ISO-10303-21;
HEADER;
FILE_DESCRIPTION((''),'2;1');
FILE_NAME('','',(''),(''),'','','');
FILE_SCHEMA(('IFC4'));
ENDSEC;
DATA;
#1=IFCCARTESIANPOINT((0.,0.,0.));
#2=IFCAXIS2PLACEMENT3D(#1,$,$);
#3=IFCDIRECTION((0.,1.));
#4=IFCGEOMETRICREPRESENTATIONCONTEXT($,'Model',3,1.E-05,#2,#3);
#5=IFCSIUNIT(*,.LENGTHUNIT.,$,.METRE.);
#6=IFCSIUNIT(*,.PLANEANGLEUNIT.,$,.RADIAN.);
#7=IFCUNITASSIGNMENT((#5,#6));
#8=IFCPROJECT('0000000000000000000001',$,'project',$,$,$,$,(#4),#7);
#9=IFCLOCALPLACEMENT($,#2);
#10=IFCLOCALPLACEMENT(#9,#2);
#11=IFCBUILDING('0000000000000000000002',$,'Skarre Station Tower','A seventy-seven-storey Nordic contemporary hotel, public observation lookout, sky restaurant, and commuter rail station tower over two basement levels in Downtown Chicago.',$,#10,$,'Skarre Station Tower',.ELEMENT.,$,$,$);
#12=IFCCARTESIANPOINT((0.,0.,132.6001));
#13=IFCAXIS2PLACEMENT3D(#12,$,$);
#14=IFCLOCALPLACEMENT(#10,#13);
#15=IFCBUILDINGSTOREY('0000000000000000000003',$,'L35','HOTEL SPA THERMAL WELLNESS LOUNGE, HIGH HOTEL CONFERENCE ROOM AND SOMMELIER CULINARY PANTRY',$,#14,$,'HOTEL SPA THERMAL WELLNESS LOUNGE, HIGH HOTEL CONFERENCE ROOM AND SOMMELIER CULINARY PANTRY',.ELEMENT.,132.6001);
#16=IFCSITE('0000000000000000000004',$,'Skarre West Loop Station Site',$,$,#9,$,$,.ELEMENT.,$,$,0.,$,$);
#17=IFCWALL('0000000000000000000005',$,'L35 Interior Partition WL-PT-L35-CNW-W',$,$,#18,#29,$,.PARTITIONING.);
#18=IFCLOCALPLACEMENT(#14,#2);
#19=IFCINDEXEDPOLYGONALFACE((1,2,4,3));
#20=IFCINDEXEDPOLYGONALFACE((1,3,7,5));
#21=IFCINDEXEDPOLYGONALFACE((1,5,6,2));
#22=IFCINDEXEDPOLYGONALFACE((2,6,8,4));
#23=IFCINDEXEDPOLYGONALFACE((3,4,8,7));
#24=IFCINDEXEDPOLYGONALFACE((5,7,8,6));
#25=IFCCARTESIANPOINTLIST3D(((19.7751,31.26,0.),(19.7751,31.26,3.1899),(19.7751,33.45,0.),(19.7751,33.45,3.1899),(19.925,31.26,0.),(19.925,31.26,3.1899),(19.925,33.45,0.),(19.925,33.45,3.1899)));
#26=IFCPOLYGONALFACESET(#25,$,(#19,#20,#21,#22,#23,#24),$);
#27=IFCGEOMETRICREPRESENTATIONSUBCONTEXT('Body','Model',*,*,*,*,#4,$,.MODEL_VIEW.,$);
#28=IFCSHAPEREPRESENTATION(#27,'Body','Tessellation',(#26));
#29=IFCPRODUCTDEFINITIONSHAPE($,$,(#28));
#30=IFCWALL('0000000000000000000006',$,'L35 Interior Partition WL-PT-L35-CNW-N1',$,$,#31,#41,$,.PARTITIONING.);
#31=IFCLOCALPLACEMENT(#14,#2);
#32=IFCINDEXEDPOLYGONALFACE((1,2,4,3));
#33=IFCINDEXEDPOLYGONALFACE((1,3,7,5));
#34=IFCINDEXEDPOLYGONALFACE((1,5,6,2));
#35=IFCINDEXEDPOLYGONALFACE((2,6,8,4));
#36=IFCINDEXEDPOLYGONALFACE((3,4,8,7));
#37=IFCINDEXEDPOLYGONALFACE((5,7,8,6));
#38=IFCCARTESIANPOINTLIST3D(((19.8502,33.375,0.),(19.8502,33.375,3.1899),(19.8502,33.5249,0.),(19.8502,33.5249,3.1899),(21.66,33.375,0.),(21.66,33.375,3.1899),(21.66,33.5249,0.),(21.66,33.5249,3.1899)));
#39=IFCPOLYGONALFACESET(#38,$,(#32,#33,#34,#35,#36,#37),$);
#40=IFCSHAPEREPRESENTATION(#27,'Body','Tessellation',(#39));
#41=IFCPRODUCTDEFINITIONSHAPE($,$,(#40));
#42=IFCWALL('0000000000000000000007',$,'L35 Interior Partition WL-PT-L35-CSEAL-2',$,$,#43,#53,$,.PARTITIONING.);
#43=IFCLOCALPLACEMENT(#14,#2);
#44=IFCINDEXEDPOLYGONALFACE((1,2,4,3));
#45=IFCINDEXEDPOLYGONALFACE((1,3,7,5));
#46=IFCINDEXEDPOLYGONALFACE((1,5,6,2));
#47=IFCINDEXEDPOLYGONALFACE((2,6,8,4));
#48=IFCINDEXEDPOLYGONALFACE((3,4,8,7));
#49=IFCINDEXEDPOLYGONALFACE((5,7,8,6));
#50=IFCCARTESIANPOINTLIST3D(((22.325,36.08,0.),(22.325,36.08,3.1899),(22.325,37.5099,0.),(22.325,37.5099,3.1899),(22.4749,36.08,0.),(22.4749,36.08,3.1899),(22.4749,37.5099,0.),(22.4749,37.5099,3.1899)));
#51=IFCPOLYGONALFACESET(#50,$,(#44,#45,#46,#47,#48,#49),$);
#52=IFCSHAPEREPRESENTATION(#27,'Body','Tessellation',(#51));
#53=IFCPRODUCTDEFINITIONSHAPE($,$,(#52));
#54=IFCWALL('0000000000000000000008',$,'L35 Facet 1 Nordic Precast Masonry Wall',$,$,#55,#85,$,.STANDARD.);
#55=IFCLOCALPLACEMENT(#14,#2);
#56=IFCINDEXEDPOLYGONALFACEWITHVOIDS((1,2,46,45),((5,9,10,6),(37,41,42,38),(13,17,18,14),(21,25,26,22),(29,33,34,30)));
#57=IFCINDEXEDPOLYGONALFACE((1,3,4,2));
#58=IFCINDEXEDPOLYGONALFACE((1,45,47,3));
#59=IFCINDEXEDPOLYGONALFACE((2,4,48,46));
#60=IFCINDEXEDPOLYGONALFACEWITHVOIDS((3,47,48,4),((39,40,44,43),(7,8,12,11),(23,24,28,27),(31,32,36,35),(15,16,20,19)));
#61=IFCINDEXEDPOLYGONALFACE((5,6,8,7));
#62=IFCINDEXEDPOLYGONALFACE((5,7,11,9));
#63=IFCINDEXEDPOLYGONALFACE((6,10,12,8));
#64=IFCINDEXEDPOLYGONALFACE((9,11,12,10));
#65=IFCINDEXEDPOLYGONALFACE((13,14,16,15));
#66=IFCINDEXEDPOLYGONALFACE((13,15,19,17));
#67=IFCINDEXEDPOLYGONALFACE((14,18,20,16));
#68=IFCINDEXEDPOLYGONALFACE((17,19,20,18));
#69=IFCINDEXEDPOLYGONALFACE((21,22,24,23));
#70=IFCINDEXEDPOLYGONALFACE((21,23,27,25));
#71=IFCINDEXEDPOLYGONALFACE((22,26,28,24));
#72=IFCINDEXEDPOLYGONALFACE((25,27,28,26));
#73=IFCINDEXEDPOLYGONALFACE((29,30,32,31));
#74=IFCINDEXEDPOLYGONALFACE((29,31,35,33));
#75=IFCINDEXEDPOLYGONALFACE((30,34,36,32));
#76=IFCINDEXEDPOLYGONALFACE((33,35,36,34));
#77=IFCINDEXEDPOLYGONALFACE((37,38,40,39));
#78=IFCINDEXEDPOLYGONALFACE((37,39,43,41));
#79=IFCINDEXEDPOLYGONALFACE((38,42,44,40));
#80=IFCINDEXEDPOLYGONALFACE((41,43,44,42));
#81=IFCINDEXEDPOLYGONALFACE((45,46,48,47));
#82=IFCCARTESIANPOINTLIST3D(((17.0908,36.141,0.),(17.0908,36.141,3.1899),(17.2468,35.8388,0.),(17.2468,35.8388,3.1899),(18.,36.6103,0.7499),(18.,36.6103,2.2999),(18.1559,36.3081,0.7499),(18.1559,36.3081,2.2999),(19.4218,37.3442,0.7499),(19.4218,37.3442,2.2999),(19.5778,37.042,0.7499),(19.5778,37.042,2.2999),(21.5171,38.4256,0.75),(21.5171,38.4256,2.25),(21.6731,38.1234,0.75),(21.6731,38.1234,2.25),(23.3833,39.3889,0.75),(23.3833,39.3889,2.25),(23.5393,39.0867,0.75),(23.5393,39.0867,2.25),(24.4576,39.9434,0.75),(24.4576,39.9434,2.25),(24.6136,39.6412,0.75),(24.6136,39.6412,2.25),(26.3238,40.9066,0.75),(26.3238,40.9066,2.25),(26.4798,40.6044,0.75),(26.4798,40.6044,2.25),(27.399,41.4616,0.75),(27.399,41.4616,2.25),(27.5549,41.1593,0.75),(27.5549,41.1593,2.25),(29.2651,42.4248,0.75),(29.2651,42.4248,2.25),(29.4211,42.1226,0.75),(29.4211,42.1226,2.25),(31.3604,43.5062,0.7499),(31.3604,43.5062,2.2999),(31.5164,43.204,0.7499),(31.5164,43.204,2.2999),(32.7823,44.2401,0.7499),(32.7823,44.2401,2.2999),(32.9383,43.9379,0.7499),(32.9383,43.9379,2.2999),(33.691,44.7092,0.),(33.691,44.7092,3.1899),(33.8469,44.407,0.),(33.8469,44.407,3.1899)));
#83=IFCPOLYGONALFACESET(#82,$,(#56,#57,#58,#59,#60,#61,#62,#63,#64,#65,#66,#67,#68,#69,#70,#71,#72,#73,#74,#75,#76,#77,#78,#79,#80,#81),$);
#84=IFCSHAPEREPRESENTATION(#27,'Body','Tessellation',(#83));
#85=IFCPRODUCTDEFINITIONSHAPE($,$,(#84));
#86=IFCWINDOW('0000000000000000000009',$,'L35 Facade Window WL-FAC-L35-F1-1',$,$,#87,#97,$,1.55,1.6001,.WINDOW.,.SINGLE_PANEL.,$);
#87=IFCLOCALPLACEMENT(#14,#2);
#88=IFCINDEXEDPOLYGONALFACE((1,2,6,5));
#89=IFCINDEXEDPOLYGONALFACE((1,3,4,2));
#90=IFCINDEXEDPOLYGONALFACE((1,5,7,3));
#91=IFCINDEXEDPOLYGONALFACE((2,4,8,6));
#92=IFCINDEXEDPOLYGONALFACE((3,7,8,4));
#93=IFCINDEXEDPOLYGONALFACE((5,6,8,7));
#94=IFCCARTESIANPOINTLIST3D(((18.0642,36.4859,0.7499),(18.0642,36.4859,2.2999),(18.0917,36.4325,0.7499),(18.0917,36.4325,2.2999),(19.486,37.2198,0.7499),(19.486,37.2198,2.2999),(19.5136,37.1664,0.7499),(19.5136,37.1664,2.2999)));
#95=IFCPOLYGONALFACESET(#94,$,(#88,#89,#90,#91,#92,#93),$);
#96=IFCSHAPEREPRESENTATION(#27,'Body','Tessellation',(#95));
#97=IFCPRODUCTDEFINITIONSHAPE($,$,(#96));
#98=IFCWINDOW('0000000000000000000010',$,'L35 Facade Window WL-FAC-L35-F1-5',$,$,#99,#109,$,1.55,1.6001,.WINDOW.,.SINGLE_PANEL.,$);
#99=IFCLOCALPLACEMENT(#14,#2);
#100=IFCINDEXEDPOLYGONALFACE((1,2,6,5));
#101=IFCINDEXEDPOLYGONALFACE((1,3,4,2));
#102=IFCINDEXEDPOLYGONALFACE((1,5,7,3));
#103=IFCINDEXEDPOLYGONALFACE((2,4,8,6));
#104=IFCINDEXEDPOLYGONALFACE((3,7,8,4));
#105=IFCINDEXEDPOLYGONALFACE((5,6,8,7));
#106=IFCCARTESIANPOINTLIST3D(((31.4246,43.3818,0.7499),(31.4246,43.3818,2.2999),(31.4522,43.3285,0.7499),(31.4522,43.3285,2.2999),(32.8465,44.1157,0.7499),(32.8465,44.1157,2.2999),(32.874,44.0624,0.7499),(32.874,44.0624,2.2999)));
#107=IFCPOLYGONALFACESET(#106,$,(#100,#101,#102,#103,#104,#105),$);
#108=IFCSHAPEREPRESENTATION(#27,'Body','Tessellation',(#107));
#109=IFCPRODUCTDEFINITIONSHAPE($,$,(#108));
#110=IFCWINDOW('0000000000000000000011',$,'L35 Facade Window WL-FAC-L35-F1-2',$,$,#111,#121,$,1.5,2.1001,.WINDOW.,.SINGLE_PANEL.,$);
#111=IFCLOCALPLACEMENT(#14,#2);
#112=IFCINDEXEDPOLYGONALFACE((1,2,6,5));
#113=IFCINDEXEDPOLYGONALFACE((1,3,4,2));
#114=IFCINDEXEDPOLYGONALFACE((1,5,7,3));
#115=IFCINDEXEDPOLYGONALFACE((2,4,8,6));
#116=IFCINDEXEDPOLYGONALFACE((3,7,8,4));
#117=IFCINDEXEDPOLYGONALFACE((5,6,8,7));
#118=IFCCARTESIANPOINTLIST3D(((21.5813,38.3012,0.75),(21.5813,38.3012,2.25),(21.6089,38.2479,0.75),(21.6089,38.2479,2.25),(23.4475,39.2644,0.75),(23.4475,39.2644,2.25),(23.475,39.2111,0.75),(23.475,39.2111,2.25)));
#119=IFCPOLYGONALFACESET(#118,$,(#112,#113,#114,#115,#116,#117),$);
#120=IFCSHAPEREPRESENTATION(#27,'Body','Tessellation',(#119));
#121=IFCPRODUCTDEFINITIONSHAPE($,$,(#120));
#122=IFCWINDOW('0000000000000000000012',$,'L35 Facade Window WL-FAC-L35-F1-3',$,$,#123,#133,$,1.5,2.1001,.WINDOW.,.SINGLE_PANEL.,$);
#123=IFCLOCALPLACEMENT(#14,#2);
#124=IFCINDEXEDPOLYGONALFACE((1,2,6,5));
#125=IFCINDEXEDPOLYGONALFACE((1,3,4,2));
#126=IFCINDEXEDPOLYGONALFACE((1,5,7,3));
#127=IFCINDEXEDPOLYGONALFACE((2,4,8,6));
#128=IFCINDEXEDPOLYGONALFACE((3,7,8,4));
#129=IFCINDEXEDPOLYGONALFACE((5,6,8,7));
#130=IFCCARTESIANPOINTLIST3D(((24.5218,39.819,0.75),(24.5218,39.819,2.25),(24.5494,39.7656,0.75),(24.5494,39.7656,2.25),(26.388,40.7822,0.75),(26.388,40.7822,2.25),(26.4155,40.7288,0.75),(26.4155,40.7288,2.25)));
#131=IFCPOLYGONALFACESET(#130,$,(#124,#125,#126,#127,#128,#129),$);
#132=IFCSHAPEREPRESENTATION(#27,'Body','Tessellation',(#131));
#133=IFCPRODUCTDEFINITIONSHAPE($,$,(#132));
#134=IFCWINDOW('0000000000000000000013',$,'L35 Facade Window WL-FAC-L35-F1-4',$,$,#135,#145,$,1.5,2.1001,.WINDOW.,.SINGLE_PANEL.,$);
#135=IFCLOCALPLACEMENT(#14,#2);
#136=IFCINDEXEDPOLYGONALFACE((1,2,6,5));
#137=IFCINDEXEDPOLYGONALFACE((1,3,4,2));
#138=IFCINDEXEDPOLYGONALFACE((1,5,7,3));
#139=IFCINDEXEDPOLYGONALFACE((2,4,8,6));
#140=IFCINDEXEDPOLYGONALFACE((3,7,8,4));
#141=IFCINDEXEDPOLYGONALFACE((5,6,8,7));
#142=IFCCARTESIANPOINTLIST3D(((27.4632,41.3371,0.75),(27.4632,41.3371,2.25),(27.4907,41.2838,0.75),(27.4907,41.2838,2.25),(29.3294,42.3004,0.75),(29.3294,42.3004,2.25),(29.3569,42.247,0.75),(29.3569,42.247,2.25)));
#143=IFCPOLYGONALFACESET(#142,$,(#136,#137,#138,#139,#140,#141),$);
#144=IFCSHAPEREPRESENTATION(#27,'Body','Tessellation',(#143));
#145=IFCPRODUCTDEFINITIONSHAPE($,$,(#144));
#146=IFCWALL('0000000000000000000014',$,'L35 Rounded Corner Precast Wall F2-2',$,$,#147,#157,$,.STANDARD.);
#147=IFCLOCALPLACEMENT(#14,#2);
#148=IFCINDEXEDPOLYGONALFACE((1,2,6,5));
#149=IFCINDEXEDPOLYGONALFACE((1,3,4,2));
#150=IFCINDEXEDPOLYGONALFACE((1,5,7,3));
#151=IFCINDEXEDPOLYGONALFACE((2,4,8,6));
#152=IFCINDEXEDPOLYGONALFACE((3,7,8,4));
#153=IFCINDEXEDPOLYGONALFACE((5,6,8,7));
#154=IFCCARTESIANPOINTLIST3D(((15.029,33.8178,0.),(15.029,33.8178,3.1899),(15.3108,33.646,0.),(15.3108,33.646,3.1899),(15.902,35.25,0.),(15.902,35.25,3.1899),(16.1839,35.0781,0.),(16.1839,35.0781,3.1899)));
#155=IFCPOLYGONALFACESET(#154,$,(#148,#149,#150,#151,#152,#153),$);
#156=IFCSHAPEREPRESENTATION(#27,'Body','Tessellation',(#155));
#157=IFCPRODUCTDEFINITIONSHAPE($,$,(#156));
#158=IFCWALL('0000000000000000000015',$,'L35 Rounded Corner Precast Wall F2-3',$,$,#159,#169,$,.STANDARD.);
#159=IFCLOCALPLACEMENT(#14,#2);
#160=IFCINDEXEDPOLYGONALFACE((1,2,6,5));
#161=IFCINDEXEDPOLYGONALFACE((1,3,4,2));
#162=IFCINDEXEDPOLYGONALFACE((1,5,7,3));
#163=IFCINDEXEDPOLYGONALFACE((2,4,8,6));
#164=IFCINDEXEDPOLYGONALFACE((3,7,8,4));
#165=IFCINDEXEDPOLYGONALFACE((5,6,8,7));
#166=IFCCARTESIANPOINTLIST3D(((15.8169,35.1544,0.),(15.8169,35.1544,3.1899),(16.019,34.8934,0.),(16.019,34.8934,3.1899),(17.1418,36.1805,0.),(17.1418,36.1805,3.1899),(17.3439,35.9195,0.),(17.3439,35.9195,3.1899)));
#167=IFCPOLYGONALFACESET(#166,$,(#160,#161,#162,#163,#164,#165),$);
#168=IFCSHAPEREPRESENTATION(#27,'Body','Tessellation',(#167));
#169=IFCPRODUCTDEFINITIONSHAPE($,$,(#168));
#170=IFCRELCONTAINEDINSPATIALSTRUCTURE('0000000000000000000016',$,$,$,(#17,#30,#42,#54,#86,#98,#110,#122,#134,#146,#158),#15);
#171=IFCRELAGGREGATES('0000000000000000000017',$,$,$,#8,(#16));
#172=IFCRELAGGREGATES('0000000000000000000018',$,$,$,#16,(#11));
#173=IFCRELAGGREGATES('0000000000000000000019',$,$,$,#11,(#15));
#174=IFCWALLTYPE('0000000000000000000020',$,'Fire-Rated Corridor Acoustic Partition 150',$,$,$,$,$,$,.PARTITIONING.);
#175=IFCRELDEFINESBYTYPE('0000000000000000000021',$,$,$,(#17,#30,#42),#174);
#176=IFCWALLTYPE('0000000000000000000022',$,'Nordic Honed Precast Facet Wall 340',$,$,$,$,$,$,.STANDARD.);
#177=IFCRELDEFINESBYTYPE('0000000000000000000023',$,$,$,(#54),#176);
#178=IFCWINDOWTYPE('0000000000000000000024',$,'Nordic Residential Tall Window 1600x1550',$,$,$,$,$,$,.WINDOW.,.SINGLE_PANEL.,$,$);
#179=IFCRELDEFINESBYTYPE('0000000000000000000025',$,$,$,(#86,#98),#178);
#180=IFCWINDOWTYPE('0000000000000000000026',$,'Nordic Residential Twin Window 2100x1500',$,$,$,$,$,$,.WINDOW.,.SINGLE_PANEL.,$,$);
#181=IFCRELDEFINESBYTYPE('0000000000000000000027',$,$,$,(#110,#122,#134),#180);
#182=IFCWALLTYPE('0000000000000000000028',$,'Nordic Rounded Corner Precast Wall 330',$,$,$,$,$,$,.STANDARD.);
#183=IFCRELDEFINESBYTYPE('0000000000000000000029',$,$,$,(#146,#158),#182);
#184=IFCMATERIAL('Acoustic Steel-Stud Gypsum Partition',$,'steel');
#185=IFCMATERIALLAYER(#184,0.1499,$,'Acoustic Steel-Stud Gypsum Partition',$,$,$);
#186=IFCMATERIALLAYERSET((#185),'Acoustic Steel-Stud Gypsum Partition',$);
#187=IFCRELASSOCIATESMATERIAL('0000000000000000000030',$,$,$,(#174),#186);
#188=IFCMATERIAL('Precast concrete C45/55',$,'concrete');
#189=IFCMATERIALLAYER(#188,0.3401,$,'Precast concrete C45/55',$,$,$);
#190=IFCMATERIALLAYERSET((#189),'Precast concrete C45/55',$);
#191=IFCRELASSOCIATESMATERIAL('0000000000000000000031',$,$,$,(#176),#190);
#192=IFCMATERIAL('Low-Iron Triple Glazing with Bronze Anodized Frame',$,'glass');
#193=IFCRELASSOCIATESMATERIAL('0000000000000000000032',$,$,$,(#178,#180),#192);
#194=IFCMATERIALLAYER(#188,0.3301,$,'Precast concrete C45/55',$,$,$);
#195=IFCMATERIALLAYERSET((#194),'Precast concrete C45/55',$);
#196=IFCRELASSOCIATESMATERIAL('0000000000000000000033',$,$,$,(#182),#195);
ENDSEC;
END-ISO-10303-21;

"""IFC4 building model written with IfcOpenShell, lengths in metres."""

from ifc_helpers import new_model, si_unit, direction, frame, frame_2d, origin, place, context, subcontext, project, spatial, rectangle, extrude, material, layer, layer_set, type_object, element, fill, save


model = new_model("IFC4")

# Units and contexts
model_context = context("Model", 3, precision=1e-05, world=origin(), true_north=direction((0.0, 1.0)))
body_context = subcontext(model_context, "Body", "Model", "MODEL_VIEW")
ifc_project = project(units=[si_unit("LENGTHUNIT", "METRE"), si_unit("PLANEANGLEUNIT", "RADIAN")], contexts=[model_context])

# Site, building, storey
site_placement = place(None, origin())
site = spatial("IfcSite", under=ifc_project, at=site_placement, Name="Skarre West Loop Station Site", CompositionType="ELEMENT", RefElevation=0.0)
building_placement = place(site_placement, origin())
building = spatial("IfcBuilding", under=site, at=building_placement, Name="Skarre Station Tower", Description="A seventy-seven-storey Nordic contemporary hotel, public observation lookout, sky restaurant, and commuter rail station tower over two basement levels in Downtown Chicago.", LongName="Skarre Station Tower", CompositionType="ELEMENT")
storey_placement = place(building_placement, frame((0.0, 0.0, 132.6001)))
storey = spatial("IfcBuildingStorey", under=building, at=storey_placement, Name="L35", Description="HOTEL SPA THERMAL WELLNESS LOUNGE, HIGH HOTEL CONFERENCE ROOM AND SOMMELIER CULINARY PANTRY", LongName="HOTEL SPA THERMAL WELLNESS LOUNGE, HIGH HOTEL CONFERENCE ROOM AND SOMMELIER CULINARY PANTRY", CompositionType="ELEMENT", Elevation=132.6001)

# Walls
ifc_material_1 = material(Name="Acoustic Steel-Stud Gypsum Partition", Category="steel")
ifc_layer_1 = layer(ifc_material_1, 0.1499, Name="Acoustic Steel-Stud Gypsum Partition")
ifc_layer_set_1 = layer_set([ifc_layer_1], Name="Acoustic Steel-Stud Gypsum Partition")
wall_type_1 = type_object("IfcWallType", Name="Fire-Rated Corridor Acoustic Partition 150", PredefinedType="PARTITIONING", material=ifc_layer_set_1)
wall_1_placement = place(storey_placement, frame((19.8501, 33.45, 0.0), z_axis=(0.0, 0.0, 1.0), x_axis=(0.0, -1.0, 0.0)))
element("IfcWall", 1, at=wall_1_placement, inside=storey, type_object=wall_type_1, Name="L35 Interior Partition WL-PT-L35-CNW-W", PredefinedType="PARTITIONING", context=body_context, shape_type="SweptSolid", body=[
    extrude(rectangle(XDim=2.1899, YDim=0.1499, at=frame_2d((1.095, 0.0))), origin(), (0.0, 0.0, 1.0), 3.1899),
])
wall_2_placement = place(storey_placement, frame((21.6599, 33.45, 0.0), z_axis=(0.0, 0.0, 1.0), x_axis=(-1.0, 0.0, 0.0)))
element("IfcWall", 2, at=wall_2_placement, inside=storey, type_object=wall_type_1, Name="L35 Interior Partition WL-PT-L35-CNW-N1", PredefinedType="PARTITIONING", context=body_context, shape_type="SweptSolid", body=[
    extrude(rectangle(XDim=1.8098, YDim=0.1499, at=frame_2d((0.9048, 0.0))), origin(), (0.0, 0.0, 1.0), 3.1899),
])
wall_3_placement = place(storey_placement, frame((22.3999, 36.0801, 0.0), z_axis=(0.0, 0.0, 1.0), x_axis=(0.0, 1.0, 0.0)))
element("IfcWall", 3, at=wall_3_placement, inside=storey, type_object=wall_type_1, Name="L35 Interior Partition WL-PT-L35-CSEAL-2", PredefinedType="PARTITIONING", context=body_context, shape_type="SweptSolid", body=[
    extrude(rectangle(XDim=1.4299, YDim=0.1499, at=frame_2d((0.7148, 0.0))), origin(), (0.0, 0.0, 1.0), 3.1899),
])

# Wall, openings, windows
ifc_material_2 = material(Name="Precast concrete C45/55", Category="concrete")
ifc_layer_2 = layer(ifc_material_2, 0.3401, Name="Precast concrete C45/55")
ifc_layer_set_2 = layer_set([ifc_layer_2], Name="Precast concrete C45/55")
wall_type_2 = type_object("IfcWallType", Name="Nordic Honed Precast Facet Wall 340", PredefinedType="STANDARD", material=ifc_layer_set_2)
wall_4_placement = place(storey_placement, frame((17.1689, 35.99, 0.0), z_axis=(0.0, 0.0, 1.0), x_axis=(0.888614, 0.458657, 0.0)))
wall_4 = element("IfcWall", 4, at=wall_4_placement, inside=storey, type_object=wall_type_2, Name="L35 Facet 1 Nordic Precast Masonry Wall", PredefinedType="STANDARD", context=body_context, shape_type="SweptSolid", body=[
    extrude(rectangle(XDim=18.6809, YDim=0.3401, at=frame_2d((9.3403, 0.0))), origin(), (0.0, 0.0, 1.0), 3.1899),
])
opening_1_placement = place(wall_4_placement, frame((1.0229, 0.0, 0.75)))
opening_1 = element("IfcOpeningElement", 5, at=opening_1_placement, cuts=wall_4, PredefinedType="OPENING", context=body_context, shape_type="SweptSolid", body=[
    extrude(rectangle(XDim=1.6001, YDim=1.55, at=frame_2d((0.8, 0.7749))), frame((0.0, 0.1799, 0.0), z_axis=(0.0, -1.0, 0.0), x_axis=(1.0, 0.0, 0.0)), (0.0, 0.0, 1.0), 0.3601),
])
opening_2_placement = place(wall_4_placement, frame((4.981, 0.0, 0.75)))
opening_2 = element("IfcOpeningElement", 6, at=opening_2_placement, cuts=wall_4, PredefinedType="OPENING", context=body_context, shape_type="SweptSolid", body=[
    extrude(rectangle(XDim=2.1001, YDim=1.5, at=frame_2d((1.05, 0.75))), frame((0.0, 0.1799, 0.0), z_axis=(0.0, -1.0, 0.0), x_axis=(1.0, 0.0, 0.0)), (0.0, 0.0, 1.0), 0.3601),
])
opening_3_placement = place(wall_4_placement, frame((8.29, 0.0, 0.75)))
opening_3 = element("IfcOpeningElement", 7, at=opening_3_placement, cuts=wall_4, PredefinedType="OPENING", context=body_context, shape_type="SweptSolid", body=[
    extrude(rectangle(XDim=2.1001, YDim=1.5, at=frame_2d((1.05, 0.75))), frame((0.0, 0.1799, 0.0), z_axis=(0.0, -1.0, 0.0), x_axis=(1.0, 0.0, 0.0)), (0.0, 0.0, 1.0), 0.3601),
])
opening_4_placement = place(wall_4_placement, frame((11.6001, 0.0, 0.75)))
opening_4 = element("IfcOpeningElement", 8, at=opening_4_placement, cuts=wall_4, PredefinedType="OPENING", context=body_context, shape_type="SweptSolid", body=[
    extrude(rectangle(XDim=2.1001, YDim=1.5, at=frame_2d((1.05, 0.75))), frame((0.0, 0.1799, 0.0), z_axis=(0.0, -1.0, 0.0), x_axis=(1.0, 0.0, 0.0)), (0.0, 0.0, 1.0), 0.3601),
])
opening_5_placement = place(wall_4_placement, frame((16.0581, 0.0, 0.75)))
opening_5 = element("IfcOpeningElement", 9, at=opening_5_placement, cuts=wall_4, PredefinedType="OPENING", context=body_context, shape_type="SweptSolid", body=[
    extrude(rectangle(XDim=1.6001, YDim=1.55, at=frame_2d((0.8, 0.7749))), frame((0.0, 0.1799, 0.0), z_axis=(0.0, -1.0, 0.0), x_axis=(1.0, 0.0, 0.0)), (0.0, 0.0, 1.0), 0.3601),
])
ifc_material_3 = material(Name="Low-Iron Triple Glazing with Bronze Anodized Frame", Category="glass")
window_type_1 = type_object("IfcWindowType", Name="Nordic Residential Tall Window 1600x1550", PartitioningType="SINGLE_PANEL", PredefinedType="WINDOW", material=ifc_material_3)
window_1_placement = place(opening_1_placement, origin())
window_1 = element("IfcWindow", 10, at=window_1_placement, inside=storey, type_object=window_type_1, Name="L35 Facade Window WL-FAC-L35-F1-1", OverallHeight=1.55, OverallWidth=1.6001, PartitioningType="SINGLE_PANEL", PredefinedType="WINDOW", context=body_context, shape_type="SweptSolid", body=[
    extrude(rectangle(XDim=1.6001, YDim=1.55, at=frame_2d((0.8, 0.7749))), frame((0.0, 0.03, 0.0), z_axis=(0.0, -1.0, 0.0), x_axis=(1.0, 0.0, 0.0)), (0.0, 0.0, 1.0), 0.0601),
])
fill(opening_1, window_1)
window_2_placement = place(opening_5_placement, origin())
window_2 = element("IfcWindow", 11, at=window_2_placement, inside=storey, type_object=window_type_1, Name="L35 Facade Window WL-FAC-L35-F1-5", OverallHeight=1.55, OverallWidth=1.6001, PartitioningType="SINGLE_PANEL", PredefinedType="WINDOW", context=body_context, shape_type="SweptSolid", body=[
    extrude(rectangle(XDim=1.6001, YDim=1.55, at=frame_2d((0.8, 0.7749))), frame((0.0, 0.03, 0.0), z_axis=(0.0, -1.0, 0.0), x_axis=(1.0, 0.0, 0.0)), (0.0, 0.0, 1.0), 0.0601),
])
fill(opening_5, window_2)
window_type_2 = type_object("IfcWindowType", Name="Nordic Residential Twin Window 2100x1500", PartitioningType="SINGLE_PANEL", PredefinedType="WINDOW", material=ifc_material_3)
window_3_placement = place(opening_2_placement, origin())
window_3 = element("IfcWindow", 12, at=window_3_placement, inside=storey, type_object=window_type_2, Name="L35 Facade Window WL-FAC-L35-F1-2", OverallHeight=1.5, OverallWidth=2.1001, PartitioningType="SINGLE_PANEL", PredefinedType="WINDOW", context=body_context, shape_type="SweptSolid", body=[
    extrude(rectangle(XDim=2.1001, YDim=1.5, at=frame_2d((1.05, 0.75))), frame((0.0, 0.03, 0.0), z_axis=(0.0, -1.0, 0.0), x_axis=(1.0, 0.0, 0.0)), (0.0, 0.0, 1.0), 0.0601),
])
fill(opening_2, window_3)
window_4_placement = place(opening_3_placement, origin())
window_4 = element("IfcWindow", 13, at=window_4_placement, inside=storey, type_object=window_type_2, Name="L35 Facade Window WL-FAC-L35-F1-3", OverallHeight=1.5, OverallWidth=2.1001, PartitioningType="SINGLE_PANEL", PredefinedType="WINDOW", context=body_context, shape_type="SweptSolid", body=[
    extrude(rectangle(XDim=2.1001, YDim=1.5, at=frame_2d((1.05, 0.75))), frame((0.0, 0.03, 0.0), z_axis=(0.0, -1.0, 0.0), x_axis=(1.0, 0.0, 0.0)), (0.0, 0.0, 1.0), 0.0601),
])
fill(opening_3, window_4)
window_5_placement = place(opening_4_placement, origin())
window_5 = element("IfcWindow", 14, at=window_5_placement, inside=storey, type_object=window_type_2, Name="L35 Facade Window WL-FAC-L35-F1-4", OverallHeight=1.5, OverallWidth=2.1001, PartitioningType="SINGLE_PANEL", PredefinedType="WINDOW", context=body_context, shape_type="SweptSolid", body=[
    extrude(rectangle(XDim=2.1001, YDim=1.5, at=frame_2d((1.05, 0.75))), frame((0.0, 0.03, 0.0), z_axis=(0.0, -1.0, 0.0), x_axis=(1.0, 0.0, 0.0)), (0.0, 0.0, 1.0), 0.0601),
])
fill(opening_4, window_5)

# Walls
ifc_layer_3 = layer(ifc_material_2, 0.3301, Name="Precast concrete C45/55")
ifc_layer_set_3 = layer_set([ifc_layer_3], Name="Precast concrete C45/55")
wall_type_3 = type_object("IfcWallType", Name="Nordic Rounded Corner Precast Wall 330", PredefinedType="STANDARD", material=ifc_layer_set_3)
wall_5_placement = place(storey_placement, frame((15.1699, 33.7319, 0.0), z_axis=(0.0, 0.0, 1.0), x_axis=(0.520519, 0.85385, 0.0)))
element("IfcWall", 15, at=wall_5_placement, inside=storey, type_object=wall_type_3, Name="L35 Rounded Corner Precast Wall F2-2", PredefinedType="STANDARD", context=body_context, shape_type="SweptSolid", body=[
    extrude(rectangle(XDim=1.6772, YDim=0.3301, at=frame_2d((0.8386, 0.0))), origin(), (0.0, 0.0, 1.0), 3.1899),
])
wall_6_placement = place(storey_placement, frame((15.918, 35.0239, 0.0), z_axis=(0.0, 0.0, 1.0), x_axis=(0.790621, 0.612305, 0.0)))
element("IfcWall", 16, at=wall_6_placement, inside=storey, type_object=wall_type_3, Name="L35 Rounded Corner Precast Wall F2-3", PredefinedType="STANDARD", context=body_context, shape_type="SweptSolid", body=[
    extrude(rectangle(XDim=1.6758, YDim=0.3301, at=frame_2d((0.8379, 0.0))), origin(), (0.0, 0.0, 1.0), 3.1899),
])

save(model, "model.ifc")
